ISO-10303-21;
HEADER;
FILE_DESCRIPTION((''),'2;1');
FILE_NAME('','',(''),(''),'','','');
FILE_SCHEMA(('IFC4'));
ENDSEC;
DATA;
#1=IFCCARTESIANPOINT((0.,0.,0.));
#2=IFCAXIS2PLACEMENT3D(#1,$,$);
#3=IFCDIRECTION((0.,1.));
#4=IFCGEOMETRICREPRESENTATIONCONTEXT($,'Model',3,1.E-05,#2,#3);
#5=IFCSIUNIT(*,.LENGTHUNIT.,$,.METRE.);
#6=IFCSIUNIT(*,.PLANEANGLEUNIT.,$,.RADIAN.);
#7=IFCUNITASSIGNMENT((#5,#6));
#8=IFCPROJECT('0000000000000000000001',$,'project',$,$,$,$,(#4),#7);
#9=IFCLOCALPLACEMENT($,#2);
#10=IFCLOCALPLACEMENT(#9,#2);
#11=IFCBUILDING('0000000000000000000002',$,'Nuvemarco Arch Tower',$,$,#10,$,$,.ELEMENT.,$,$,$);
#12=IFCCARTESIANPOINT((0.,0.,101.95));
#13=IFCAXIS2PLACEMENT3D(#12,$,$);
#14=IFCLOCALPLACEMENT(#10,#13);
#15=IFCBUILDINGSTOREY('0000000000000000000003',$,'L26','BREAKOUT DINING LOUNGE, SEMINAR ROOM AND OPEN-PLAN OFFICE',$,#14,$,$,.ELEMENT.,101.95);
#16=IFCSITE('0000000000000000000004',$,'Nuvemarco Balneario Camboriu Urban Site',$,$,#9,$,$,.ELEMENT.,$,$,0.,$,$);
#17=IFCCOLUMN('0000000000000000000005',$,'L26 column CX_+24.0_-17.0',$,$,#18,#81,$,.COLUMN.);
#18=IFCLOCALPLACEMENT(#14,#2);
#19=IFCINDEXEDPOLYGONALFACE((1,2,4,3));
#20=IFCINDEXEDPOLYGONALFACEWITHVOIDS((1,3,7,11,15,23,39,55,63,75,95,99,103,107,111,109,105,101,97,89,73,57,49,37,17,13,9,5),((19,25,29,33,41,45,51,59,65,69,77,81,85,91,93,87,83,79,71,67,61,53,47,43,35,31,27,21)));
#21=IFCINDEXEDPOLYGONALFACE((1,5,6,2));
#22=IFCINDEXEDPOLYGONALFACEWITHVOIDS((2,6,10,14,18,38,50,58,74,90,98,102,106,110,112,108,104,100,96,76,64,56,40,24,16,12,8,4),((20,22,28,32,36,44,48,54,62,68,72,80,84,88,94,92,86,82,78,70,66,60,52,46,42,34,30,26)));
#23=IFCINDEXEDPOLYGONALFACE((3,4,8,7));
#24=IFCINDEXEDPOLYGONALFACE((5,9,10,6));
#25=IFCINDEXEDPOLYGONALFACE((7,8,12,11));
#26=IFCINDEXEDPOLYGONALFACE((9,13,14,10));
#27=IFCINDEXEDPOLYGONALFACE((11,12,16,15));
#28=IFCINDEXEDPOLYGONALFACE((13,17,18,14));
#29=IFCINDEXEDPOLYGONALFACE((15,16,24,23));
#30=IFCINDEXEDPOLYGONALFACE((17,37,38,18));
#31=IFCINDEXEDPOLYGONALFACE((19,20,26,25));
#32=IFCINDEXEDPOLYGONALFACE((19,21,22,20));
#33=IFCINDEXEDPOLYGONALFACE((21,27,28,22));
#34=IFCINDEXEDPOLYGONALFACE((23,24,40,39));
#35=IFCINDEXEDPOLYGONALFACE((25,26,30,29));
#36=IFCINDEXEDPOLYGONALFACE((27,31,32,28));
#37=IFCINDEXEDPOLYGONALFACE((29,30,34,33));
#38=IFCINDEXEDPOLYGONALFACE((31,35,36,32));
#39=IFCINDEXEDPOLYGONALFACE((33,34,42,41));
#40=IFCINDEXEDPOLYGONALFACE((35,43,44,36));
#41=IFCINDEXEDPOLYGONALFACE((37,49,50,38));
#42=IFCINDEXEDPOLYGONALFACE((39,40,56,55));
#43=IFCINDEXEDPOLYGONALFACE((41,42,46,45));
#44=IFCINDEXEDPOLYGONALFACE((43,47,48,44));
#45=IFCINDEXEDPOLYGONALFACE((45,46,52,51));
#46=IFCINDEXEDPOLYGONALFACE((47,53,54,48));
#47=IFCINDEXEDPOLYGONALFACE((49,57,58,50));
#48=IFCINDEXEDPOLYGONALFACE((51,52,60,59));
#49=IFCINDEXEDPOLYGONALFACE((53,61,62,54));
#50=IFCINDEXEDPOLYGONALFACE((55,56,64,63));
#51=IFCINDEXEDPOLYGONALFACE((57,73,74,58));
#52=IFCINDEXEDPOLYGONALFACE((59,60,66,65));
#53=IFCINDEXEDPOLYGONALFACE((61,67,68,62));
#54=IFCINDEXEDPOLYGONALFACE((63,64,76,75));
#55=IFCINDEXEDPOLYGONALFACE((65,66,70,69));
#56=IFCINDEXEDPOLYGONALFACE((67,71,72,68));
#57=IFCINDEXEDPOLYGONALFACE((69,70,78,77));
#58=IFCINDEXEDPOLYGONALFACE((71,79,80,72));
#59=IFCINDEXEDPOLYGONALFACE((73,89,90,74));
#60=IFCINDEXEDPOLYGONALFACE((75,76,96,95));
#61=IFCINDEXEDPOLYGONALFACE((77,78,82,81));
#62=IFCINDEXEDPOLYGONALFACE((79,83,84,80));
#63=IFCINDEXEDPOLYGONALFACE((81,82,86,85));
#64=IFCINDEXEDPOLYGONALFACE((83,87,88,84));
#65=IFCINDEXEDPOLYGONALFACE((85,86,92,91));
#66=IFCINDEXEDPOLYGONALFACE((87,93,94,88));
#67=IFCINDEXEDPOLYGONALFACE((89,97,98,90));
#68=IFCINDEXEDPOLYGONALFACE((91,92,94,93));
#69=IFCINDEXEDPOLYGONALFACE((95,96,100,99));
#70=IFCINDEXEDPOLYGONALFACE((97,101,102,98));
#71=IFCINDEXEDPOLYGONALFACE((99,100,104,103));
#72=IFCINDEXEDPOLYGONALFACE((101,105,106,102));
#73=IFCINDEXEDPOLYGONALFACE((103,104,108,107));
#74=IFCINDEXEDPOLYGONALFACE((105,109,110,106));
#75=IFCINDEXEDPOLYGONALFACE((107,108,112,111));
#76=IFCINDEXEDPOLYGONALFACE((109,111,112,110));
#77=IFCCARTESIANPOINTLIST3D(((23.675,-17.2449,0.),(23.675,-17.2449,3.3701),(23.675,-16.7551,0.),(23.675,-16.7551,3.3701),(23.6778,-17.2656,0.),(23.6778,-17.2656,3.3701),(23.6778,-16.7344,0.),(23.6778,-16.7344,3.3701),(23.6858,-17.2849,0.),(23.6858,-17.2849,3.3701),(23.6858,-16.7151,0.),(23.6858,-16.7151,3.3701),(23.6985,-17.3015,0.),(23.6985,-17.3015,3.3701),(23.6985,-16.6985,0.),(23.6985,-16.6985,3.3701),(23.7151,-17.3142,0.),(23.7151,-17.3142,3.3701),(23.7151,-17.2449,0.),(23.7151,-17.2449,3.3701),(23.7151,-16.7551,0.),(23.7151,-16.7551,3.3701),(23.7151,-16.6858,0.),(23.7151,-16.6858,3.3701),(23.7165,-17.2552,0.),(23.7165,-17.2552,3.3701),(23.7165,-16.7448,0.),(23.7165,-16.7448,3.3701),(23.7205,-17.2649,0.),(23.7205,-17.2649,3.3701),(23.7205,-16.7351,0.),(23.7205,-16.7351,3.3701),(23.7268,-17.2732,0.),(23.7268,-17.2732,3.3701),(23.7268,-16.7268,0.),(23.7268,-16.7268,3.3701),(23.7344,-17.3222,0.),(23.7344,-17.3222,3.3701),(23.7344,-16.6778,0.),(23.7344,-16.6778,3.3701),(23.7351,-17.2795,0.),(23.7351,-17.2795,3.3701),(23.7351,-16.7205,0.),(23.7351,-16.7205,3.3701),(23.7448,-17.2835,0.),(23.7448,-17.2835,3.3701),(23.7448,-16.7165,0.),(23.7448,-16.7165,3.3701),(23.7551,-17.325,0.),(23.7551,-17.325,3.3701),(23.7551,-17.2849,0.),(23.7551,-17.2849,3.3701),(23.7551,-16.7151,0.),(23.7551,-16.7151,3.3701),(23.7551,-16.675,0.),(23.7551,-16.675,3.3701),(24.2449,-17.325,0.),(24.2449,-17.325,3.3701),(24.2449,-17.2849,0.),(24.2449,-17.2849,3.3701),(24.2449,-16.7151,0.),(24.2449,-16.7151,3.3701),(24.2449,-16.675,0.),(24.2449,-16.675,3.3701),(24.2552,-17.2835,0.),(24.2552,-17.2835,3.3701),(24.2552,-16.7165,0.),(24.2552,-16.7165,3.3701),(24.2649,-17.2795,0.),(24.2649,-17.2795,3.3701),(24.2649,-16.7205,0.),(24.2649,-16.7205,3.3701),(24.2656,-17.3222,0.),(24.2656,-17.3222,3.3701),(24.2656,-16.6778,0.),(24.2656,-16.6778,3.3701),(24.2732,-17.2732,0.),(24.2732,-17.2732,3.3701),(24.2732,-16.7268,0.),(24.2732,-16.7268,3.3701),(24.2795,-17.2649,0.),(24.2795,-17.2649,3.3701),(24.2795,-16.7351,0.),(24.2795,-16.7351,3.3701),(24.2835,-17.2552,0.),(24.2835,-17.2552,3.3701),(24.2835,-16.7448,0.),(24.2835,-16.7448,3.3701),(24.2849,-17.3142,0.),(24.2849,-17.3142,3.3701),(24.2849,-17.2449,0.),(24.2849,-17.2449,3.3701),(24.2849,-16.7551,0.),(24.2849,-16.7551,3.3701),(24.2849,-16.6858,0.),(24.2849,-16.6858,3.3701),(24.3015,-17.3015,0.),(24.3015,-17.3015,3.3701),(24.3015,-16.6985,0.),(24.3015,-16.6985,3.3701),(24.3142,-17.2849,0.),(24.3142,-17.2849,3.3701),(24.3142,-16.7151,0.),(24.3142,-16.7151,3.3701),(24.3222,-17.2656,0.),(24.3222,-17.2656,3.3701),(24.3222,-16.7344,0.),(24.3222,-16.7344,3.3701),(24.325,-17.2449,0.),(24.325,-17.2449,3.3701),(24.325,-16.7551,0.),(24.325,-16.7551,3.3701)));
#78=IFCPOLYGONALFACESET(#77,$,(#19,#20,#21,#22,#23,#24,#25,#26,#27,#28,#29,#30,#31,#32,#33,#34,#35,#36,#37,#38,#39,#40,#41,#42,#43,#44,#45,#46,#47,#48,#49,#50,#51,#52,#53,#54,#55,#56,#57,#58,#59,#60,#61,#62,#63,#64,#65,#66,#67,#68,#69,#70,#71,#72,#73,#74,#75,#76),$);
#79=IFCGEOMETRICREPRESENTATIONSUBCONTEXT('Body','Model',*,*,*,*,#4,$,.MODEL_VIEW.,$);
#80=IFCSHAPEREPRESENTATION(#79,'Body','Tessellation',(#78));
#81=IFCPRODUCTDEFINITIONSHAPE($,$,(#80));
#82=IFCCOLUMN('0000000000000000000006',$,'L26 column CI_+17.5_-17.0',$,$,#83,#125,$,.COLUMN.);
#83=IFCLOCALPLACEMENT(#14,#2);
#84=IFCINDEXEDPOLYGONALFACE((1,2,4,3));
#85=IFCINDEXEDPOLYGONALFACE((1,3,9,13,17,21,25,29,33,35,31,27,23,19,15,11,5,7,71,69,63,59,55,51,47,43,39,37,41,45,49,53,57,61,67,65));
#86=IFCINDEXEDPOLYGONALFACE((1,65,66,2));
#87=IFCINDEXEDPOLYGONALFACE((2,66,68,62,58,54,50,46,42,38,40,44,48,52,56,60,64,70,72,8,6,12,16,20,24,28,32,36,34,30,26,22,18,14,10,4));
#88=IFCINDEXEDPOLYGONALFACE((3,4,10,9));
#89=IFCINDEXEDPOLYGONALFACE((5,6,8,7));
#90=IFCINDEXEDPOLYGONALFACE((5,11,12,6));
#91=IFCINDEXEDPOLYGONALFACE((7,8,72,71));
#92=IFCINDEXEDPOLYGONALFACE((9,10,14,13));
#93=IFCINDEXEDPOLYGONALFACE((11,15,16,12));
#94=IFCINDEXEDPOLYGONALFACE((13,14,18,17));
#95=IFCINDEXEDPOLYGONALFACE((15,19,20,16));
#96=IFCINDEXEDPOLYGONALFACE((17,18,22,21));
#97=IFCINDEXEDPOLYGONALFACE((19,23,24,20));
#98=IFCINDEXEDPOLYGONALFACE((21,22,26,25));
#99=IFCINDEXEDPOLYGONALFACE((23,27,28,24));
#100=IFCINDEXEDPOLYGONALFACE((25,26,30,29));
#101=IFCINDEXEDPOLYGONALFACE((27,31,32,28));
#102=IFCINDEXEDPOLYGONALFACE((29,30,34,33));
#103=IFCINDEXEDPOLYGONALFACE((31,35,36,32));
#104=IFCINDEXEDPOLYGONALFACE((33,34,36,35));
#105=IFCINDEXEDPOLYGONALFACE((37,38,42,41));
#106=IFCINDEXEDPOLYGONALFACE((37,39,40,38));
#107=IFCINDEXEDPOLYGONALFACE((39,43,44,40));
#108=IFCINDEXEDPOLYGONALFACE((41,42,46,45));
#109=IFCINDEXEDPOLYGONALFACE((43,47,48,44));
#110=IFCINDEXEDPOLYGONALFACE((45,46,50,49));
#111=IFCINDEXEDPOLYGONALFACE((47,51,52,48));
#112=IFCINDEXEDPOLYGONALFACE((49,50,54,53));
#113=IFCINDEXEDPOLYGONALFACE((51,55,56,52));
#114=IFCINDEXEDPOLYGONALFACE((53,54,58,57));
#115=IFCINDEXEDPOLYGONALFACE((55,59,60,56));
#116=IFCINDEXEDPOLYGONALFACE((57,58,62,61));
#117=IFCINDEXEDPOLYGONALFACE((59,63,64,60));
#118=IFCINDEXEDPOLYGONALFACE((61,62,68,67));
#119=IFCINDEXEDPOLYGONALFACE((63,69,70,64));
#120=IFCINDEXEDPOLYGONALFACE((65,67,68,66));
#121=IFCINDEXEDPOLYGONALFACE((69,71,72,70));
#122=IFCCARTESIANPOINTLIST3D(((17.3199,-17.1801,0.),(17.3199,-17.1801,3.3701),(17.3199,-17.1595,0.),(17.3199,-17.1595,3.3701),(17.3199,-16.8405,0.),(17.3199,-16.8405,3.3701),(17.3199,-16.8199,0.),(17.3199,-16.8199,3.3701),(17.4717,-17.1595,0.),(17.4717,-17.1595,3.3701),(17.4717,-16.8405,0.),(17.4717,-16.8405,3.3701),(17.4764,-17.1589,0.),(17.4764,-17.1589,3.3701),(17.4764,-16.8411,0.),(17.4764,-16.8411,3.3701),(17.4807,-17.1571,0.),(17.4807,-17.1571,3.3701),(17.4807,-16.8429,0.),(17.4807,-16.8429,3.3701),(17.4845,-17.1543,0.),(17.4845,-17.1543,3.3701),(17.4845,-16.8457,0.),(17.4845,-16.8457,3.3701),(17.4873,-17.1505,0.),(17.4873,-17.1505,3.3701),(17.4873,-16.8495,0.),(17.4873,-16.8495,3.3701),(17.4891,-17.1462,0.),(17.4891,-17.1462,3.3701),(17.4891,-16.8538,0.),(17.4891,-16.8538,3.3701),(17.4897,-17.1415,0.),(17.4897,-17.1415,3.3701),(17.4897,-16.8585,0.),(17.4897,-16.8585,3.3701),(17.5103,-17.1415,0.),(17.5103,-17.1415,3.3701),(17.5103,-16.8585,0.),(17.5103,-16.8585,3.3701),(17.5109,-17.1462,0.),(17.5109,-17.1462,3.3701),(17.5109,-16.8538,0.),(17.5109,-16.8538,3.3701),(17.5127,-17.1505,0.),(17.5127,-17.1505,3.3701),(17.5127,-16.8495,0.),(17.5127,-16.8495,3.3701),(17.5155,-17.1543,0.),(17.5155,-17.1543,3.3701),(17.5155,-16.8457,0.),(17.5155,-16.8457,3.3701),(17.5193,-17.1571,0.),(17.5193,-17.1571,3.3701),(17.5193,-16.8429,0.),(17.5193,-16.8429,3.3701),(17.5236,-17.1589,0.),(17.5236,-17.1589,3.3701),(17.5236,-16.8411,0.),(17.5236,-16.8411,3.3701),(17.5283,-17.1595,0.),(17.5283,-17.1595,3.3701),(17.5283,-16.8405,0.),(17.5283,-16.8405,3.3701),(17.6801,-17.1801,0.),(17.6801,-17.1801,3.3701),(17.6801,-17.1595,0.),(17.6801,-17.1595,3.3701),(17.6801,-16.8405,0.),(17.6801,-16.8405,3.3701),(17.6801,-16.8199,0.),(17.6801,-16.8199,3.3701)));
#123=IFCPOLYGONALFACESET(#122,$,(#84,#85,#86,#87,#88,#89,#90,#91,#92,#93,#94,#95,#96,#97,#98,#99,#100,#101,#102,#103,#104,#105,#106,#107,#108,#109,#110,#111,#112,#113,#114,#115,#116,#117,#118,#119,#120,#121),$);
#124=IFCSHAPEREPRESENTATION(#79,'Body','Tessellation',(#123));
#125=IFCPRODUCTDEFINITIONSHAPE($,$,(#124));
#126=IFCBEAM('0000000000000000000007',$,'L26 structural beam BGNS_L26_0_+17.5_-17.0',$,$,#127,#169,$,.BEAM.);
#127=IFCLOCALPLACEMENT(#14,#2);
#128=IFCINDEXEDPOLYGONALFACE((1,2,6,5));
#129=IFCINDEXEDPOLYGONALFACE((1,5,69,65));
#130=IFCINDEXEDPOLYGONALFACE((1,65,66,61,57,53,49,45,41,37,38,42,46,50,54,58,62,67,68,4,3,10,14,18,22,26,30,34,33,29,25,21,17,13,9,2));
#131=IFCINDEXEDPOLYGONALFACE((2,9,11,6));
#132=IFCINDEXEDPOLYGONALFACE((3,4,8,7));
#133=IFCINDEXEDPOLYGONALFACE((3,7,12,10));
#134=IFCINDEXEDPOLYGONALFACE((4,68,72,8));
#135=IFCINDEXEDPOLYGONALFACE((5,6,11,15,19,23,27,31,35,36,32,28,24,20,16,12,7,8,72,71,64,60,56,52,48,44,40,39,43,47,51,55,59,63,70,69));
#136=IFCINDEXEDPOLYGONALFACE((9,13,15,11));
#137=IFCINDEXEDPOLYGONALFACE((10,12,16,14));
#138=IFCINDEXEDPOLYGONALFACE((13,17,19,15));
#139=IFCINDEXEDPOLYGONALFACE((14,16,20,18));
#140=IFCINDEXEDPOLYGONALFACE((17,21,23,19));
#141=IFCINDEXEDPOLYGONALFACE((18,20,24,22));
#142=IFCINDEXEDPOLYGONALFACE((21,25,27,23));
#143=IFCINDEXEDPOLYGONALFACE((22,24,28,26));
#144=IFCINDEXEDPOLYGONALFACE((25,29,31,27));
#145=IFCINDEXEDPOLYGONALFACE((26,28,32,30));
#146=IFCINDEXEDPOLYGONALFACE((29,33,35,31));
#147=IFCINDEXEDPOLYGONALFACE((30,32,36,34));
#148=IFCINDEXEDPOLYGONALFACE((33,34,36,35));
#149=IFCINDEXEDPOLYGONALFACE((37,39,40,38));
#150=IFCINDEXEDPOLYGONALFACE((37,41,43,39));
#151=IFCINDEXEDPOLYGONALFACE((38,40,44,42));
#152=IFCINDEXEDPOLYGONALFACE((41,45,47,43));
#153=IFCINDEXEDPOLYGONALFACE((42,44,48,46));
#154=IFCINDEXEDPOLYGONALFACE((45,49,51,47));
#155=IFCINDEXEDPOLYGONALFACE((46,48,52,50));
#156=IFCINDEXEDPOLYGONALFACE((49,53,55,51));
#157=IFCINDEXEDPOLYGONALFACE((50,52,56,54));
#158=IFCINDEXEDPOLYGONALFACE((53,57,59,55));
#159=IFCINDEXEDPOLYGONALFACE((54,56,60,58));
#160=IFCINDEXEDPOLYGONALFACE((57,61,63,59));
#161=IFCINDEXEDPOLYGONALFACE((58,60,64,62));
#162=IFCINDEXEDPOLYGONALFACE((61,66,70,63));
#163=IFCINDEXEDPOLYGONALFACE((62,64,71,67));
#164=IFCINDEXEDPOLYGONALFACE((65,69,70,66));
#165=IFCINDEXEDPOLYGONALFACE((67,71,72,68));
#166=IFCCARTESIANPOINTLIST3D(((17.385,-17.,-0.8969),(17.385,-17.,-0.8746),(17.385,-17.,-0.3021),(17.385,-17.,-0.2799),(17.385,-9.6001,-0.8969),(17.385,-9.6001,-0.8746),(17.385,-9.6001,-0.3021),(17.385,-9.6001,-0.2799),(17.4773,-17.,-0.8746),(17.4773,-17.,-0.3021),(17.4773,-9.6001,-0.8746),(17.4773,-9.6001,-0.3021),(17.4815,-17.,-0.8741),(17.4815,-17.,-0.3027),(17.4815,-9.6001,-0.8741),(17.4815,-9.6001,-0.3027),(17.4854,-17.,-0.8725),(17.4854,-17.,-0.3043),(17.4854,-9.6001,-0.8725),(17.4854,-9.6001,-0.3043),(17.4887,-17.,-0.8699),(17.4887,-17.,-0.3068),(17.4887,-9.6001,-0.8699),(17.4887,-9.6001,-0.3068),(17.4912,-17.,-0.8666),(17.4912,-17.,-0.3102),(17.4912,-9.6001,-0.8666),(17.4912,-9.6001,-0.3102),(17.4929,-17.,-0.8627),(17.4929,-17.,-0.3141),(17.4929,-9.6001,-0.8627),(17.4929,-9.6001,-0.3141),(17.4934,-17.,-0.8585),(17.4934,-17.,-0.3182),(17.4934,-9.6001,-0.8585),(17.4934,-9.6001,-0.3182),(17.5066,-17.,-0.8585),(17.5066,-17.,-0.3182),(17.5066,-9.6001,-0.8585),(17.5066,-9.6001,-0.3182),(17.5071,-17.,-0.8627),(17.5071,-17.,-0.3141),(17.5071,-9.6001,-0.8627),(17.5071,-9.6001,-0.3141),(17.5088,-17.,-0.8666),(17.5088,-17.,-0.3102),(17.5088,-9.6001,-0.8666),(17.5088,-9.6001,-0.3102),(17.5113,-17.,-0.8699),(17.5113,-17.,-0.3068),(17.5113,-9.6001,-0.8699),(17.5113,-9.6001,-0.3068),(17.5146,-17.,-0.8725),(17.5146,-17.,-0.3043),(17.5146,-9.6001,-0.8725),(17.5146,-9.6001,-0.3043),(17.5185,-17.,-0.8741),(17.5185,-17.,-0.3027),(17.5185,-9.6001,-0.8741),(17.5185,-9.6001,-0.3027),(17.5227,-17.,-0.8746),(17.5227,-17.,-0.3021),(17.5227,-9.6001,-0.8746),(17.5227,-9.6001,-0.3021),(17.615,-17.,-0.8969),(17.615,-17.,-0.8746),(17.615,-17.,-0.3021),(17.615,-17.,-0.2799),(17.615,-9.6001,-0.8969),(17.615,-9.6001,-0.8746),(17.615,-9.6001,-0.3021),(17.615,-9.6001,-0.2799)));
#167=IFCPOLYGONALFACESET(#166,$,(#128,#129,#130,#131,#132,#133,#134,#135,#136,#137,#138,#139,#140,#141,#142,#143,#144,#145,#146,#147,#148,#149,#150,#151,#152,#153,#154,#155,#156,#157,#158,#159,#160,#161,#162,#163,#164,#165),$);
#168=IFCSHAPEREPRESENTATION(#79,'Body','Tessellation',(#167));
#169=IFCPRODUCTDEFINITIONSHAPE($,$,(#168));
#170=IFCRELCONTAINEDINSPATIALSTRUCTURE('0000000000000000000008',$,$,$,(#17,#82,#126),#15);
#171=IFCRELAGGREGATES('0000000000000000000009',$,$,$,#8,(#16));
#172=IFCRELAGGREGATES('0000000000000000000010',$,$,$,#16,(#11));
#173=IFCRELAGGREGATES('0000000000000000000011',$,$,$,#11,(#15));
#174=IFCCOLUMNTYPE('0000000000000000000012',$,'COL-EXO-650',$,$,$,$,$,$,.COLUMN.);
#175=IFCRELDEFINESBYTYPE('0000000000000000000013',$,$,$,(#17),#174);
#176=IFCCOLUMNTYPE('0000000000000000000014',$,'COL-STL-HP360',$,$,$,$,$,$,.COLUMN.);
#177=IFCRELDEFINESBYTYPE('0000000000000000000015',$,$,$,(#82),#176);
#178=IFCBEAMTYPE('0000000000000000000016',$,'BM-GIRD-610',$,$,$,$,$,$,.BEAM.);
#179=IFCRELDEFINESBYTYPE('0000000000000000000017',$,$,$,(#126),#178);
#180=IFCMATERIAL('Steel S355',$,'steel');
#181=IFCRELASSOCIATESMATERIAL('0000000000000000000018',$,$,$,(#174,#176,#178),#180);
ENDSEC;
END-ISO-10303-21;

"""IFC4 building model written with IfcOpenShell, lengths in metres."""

from ifc_helpers import new_model, si_unit, direction, frame, origin, origin_2d, place, context, subcontext, project, spatial, hollow_rectangle, i_section, extrude, material, material_profile, profile_set, type_object, element, save


model = new_model("IFC4")

# Units and contexts
model_context = context("Model", 3, precision=1e-05, world=origin(), true_north=direction((0.0, 1.0)))
body_context = subcontext(model_context, "Body", "Model", "MODEL_VIEW")
ifc_project = project(units=[si_unit("LENGTHUNIT", "METRE"), si_unit("PLANEANGLEUNIT", "RADIAN")], contexts=[model_context])

# Site, building, storey
site_placement = place(None, origin())
site = spatial("IfcSite", under=ifc_project, at=site_placement, Name="Nuvemarco Balneario Camboriu Urban Site", CompositionType="ELEMENT", RefElevation=0.0)
building_placement = place(site_placement, origin())
building = spatial("IfcBuilding", under=site, at=building_placement, Name="Nuvemarco Arch Tower", CompositionType="ELEMENT")
storey_placement = place(building_placement, frame((0.0, 0.0, 101.95)))
storey = spatial("IfcBuildingStorey", under=building, at=storey_placement, Name="L26", Description="BREAKOUT DINING LOUNGE, SEMINAR ROOM AND OPEN-PLAN OFFICE", CompositionType="ELEMENT", Elevation=101.95)

# Columns
ifc_material_1 = material(Name="Steel S355", Category="steel")
ifc_material_profile_1 = material_profile(ifc_material_1, hollow_rectangle(XDim=0.6499, YDim=0.6499, WallThickness=0.04, InnerFilletRadius=0.04, OuterFilletRadius=0.0801, at=origin_2d()), Name="SHS650x650x40")
ifc_profile_set_1 = profile_set([ifc_material_profile_1], Name="Steel S355")
column_type_1 = type_object("IfcColumnType", Name="COL-EXO-650", PredefinedType="COLUMN", material=ifc_profile_set_1)
column_1_placement = place(storey_placement, frame((24.0, -17.0, 0.0), z_axis=(0.0, 0.0, 1.0), x_axis=(1.0, 0.0, 0.0)))
element("IfcColumn", 1, at=column_1_placement, inside=storey, type_object=column_type_1, Name="L26 column CX_+24.0_-17.0", PredefinedType="COLUMN", context=body_context, shape_type="SweptSolid", body=[
    extrude(hollow_rectangle(XDim=0.6499, YDim=0.6499, WallThickness=0.04, InnerFilletRadius=0.04, OuterFilletRadius=0.0801, at=origin_2d()), origin(), (0.0, 0.0, 1.0), 3.3701),
])
ifc_material_profile_2 = material_profile(ifc_material_1, i_section(OverallWidth=0.3601, OverallDepth=0.3601, WebThickness=0.0205, FlangeThickness=0.0205, FilletRadius=0.0181, at=origin_2d()), Name="HP360x174")
ifc_profile_set_2 = profile_set([ifc_material_profile_2], Name="Steel S355")
column_type_2 = type_object("IfcColumnType", Name="COL-STL-HP360", PredefinedType="COLUMN", material=ifc_profile_set_2)
column_2_placement = place(storey_placement, frame((17.5, -17.0, 0.0), z_axis=(0.0, 0.0, 1.0), x_axis=(1.0, 0.0, 0.0)))
element("IfcColumn", 2, at=column_2_placement, inside=storey, type_object=column_type_2, Name="L26 column CI_+17.5_-17.0", PredefinedType="COLUMN", context=body_context, shape_type="SweptSolid", body=[
    extrude(i_section(OverallWidth=0.3601, OverallDepth=0.3601, WebThickness=0.0205, FlangeThickness=0.0205, FilletRadius=0.0181, at=origin_2d()), origin(), (0.0, 0.0, 1.0), 3.3701),
])

# Beam
ifc_material_profile_3 = material_profile(ifc_material_1, i_section(OverallWidth=0.23, OverallDepth=0.6169, WebThickness=0.0132, FlangeThickness=0.0222, FilletRadius=0.0161, at=origin_2d()), Name="W610x140")
ifc_profile_set_3 = profile_set([ifc_material_profile_3], Name="Steel S355")
beam_type_1 = type_object("IfcBeamType", Name="BM-GIRD-610", PredefinedType="BEAM", material=ifc_profile_set_3)
beam_1_placement = place(storey_placement, frame((17.5, -17.0, -0.5884), z_axis=(0.0, 1.0, 0.0), x_axis=(-1.0, 0.0, 0.0)))
element("IfcBeam", 3, at=beam_1_placement, inside=storey, type_object=beam_type_1, Name="L26 structural beam BGNS_L26_0_+17.5_-17.0", PredefinedType="BEAM", context=body_context, shape_type="SweptSolid", body=[
    extrude(i_section(OverallWidth=0.23, OverallDepth=0.6169, WebThickness=0.0132, FlangeThickness=0.0222, FilletRadius=0.0161, at=origin_2d()), origin(), (0.0, 0.0, 1.0), 7.3999),
])

save(model, "model.ifc")
